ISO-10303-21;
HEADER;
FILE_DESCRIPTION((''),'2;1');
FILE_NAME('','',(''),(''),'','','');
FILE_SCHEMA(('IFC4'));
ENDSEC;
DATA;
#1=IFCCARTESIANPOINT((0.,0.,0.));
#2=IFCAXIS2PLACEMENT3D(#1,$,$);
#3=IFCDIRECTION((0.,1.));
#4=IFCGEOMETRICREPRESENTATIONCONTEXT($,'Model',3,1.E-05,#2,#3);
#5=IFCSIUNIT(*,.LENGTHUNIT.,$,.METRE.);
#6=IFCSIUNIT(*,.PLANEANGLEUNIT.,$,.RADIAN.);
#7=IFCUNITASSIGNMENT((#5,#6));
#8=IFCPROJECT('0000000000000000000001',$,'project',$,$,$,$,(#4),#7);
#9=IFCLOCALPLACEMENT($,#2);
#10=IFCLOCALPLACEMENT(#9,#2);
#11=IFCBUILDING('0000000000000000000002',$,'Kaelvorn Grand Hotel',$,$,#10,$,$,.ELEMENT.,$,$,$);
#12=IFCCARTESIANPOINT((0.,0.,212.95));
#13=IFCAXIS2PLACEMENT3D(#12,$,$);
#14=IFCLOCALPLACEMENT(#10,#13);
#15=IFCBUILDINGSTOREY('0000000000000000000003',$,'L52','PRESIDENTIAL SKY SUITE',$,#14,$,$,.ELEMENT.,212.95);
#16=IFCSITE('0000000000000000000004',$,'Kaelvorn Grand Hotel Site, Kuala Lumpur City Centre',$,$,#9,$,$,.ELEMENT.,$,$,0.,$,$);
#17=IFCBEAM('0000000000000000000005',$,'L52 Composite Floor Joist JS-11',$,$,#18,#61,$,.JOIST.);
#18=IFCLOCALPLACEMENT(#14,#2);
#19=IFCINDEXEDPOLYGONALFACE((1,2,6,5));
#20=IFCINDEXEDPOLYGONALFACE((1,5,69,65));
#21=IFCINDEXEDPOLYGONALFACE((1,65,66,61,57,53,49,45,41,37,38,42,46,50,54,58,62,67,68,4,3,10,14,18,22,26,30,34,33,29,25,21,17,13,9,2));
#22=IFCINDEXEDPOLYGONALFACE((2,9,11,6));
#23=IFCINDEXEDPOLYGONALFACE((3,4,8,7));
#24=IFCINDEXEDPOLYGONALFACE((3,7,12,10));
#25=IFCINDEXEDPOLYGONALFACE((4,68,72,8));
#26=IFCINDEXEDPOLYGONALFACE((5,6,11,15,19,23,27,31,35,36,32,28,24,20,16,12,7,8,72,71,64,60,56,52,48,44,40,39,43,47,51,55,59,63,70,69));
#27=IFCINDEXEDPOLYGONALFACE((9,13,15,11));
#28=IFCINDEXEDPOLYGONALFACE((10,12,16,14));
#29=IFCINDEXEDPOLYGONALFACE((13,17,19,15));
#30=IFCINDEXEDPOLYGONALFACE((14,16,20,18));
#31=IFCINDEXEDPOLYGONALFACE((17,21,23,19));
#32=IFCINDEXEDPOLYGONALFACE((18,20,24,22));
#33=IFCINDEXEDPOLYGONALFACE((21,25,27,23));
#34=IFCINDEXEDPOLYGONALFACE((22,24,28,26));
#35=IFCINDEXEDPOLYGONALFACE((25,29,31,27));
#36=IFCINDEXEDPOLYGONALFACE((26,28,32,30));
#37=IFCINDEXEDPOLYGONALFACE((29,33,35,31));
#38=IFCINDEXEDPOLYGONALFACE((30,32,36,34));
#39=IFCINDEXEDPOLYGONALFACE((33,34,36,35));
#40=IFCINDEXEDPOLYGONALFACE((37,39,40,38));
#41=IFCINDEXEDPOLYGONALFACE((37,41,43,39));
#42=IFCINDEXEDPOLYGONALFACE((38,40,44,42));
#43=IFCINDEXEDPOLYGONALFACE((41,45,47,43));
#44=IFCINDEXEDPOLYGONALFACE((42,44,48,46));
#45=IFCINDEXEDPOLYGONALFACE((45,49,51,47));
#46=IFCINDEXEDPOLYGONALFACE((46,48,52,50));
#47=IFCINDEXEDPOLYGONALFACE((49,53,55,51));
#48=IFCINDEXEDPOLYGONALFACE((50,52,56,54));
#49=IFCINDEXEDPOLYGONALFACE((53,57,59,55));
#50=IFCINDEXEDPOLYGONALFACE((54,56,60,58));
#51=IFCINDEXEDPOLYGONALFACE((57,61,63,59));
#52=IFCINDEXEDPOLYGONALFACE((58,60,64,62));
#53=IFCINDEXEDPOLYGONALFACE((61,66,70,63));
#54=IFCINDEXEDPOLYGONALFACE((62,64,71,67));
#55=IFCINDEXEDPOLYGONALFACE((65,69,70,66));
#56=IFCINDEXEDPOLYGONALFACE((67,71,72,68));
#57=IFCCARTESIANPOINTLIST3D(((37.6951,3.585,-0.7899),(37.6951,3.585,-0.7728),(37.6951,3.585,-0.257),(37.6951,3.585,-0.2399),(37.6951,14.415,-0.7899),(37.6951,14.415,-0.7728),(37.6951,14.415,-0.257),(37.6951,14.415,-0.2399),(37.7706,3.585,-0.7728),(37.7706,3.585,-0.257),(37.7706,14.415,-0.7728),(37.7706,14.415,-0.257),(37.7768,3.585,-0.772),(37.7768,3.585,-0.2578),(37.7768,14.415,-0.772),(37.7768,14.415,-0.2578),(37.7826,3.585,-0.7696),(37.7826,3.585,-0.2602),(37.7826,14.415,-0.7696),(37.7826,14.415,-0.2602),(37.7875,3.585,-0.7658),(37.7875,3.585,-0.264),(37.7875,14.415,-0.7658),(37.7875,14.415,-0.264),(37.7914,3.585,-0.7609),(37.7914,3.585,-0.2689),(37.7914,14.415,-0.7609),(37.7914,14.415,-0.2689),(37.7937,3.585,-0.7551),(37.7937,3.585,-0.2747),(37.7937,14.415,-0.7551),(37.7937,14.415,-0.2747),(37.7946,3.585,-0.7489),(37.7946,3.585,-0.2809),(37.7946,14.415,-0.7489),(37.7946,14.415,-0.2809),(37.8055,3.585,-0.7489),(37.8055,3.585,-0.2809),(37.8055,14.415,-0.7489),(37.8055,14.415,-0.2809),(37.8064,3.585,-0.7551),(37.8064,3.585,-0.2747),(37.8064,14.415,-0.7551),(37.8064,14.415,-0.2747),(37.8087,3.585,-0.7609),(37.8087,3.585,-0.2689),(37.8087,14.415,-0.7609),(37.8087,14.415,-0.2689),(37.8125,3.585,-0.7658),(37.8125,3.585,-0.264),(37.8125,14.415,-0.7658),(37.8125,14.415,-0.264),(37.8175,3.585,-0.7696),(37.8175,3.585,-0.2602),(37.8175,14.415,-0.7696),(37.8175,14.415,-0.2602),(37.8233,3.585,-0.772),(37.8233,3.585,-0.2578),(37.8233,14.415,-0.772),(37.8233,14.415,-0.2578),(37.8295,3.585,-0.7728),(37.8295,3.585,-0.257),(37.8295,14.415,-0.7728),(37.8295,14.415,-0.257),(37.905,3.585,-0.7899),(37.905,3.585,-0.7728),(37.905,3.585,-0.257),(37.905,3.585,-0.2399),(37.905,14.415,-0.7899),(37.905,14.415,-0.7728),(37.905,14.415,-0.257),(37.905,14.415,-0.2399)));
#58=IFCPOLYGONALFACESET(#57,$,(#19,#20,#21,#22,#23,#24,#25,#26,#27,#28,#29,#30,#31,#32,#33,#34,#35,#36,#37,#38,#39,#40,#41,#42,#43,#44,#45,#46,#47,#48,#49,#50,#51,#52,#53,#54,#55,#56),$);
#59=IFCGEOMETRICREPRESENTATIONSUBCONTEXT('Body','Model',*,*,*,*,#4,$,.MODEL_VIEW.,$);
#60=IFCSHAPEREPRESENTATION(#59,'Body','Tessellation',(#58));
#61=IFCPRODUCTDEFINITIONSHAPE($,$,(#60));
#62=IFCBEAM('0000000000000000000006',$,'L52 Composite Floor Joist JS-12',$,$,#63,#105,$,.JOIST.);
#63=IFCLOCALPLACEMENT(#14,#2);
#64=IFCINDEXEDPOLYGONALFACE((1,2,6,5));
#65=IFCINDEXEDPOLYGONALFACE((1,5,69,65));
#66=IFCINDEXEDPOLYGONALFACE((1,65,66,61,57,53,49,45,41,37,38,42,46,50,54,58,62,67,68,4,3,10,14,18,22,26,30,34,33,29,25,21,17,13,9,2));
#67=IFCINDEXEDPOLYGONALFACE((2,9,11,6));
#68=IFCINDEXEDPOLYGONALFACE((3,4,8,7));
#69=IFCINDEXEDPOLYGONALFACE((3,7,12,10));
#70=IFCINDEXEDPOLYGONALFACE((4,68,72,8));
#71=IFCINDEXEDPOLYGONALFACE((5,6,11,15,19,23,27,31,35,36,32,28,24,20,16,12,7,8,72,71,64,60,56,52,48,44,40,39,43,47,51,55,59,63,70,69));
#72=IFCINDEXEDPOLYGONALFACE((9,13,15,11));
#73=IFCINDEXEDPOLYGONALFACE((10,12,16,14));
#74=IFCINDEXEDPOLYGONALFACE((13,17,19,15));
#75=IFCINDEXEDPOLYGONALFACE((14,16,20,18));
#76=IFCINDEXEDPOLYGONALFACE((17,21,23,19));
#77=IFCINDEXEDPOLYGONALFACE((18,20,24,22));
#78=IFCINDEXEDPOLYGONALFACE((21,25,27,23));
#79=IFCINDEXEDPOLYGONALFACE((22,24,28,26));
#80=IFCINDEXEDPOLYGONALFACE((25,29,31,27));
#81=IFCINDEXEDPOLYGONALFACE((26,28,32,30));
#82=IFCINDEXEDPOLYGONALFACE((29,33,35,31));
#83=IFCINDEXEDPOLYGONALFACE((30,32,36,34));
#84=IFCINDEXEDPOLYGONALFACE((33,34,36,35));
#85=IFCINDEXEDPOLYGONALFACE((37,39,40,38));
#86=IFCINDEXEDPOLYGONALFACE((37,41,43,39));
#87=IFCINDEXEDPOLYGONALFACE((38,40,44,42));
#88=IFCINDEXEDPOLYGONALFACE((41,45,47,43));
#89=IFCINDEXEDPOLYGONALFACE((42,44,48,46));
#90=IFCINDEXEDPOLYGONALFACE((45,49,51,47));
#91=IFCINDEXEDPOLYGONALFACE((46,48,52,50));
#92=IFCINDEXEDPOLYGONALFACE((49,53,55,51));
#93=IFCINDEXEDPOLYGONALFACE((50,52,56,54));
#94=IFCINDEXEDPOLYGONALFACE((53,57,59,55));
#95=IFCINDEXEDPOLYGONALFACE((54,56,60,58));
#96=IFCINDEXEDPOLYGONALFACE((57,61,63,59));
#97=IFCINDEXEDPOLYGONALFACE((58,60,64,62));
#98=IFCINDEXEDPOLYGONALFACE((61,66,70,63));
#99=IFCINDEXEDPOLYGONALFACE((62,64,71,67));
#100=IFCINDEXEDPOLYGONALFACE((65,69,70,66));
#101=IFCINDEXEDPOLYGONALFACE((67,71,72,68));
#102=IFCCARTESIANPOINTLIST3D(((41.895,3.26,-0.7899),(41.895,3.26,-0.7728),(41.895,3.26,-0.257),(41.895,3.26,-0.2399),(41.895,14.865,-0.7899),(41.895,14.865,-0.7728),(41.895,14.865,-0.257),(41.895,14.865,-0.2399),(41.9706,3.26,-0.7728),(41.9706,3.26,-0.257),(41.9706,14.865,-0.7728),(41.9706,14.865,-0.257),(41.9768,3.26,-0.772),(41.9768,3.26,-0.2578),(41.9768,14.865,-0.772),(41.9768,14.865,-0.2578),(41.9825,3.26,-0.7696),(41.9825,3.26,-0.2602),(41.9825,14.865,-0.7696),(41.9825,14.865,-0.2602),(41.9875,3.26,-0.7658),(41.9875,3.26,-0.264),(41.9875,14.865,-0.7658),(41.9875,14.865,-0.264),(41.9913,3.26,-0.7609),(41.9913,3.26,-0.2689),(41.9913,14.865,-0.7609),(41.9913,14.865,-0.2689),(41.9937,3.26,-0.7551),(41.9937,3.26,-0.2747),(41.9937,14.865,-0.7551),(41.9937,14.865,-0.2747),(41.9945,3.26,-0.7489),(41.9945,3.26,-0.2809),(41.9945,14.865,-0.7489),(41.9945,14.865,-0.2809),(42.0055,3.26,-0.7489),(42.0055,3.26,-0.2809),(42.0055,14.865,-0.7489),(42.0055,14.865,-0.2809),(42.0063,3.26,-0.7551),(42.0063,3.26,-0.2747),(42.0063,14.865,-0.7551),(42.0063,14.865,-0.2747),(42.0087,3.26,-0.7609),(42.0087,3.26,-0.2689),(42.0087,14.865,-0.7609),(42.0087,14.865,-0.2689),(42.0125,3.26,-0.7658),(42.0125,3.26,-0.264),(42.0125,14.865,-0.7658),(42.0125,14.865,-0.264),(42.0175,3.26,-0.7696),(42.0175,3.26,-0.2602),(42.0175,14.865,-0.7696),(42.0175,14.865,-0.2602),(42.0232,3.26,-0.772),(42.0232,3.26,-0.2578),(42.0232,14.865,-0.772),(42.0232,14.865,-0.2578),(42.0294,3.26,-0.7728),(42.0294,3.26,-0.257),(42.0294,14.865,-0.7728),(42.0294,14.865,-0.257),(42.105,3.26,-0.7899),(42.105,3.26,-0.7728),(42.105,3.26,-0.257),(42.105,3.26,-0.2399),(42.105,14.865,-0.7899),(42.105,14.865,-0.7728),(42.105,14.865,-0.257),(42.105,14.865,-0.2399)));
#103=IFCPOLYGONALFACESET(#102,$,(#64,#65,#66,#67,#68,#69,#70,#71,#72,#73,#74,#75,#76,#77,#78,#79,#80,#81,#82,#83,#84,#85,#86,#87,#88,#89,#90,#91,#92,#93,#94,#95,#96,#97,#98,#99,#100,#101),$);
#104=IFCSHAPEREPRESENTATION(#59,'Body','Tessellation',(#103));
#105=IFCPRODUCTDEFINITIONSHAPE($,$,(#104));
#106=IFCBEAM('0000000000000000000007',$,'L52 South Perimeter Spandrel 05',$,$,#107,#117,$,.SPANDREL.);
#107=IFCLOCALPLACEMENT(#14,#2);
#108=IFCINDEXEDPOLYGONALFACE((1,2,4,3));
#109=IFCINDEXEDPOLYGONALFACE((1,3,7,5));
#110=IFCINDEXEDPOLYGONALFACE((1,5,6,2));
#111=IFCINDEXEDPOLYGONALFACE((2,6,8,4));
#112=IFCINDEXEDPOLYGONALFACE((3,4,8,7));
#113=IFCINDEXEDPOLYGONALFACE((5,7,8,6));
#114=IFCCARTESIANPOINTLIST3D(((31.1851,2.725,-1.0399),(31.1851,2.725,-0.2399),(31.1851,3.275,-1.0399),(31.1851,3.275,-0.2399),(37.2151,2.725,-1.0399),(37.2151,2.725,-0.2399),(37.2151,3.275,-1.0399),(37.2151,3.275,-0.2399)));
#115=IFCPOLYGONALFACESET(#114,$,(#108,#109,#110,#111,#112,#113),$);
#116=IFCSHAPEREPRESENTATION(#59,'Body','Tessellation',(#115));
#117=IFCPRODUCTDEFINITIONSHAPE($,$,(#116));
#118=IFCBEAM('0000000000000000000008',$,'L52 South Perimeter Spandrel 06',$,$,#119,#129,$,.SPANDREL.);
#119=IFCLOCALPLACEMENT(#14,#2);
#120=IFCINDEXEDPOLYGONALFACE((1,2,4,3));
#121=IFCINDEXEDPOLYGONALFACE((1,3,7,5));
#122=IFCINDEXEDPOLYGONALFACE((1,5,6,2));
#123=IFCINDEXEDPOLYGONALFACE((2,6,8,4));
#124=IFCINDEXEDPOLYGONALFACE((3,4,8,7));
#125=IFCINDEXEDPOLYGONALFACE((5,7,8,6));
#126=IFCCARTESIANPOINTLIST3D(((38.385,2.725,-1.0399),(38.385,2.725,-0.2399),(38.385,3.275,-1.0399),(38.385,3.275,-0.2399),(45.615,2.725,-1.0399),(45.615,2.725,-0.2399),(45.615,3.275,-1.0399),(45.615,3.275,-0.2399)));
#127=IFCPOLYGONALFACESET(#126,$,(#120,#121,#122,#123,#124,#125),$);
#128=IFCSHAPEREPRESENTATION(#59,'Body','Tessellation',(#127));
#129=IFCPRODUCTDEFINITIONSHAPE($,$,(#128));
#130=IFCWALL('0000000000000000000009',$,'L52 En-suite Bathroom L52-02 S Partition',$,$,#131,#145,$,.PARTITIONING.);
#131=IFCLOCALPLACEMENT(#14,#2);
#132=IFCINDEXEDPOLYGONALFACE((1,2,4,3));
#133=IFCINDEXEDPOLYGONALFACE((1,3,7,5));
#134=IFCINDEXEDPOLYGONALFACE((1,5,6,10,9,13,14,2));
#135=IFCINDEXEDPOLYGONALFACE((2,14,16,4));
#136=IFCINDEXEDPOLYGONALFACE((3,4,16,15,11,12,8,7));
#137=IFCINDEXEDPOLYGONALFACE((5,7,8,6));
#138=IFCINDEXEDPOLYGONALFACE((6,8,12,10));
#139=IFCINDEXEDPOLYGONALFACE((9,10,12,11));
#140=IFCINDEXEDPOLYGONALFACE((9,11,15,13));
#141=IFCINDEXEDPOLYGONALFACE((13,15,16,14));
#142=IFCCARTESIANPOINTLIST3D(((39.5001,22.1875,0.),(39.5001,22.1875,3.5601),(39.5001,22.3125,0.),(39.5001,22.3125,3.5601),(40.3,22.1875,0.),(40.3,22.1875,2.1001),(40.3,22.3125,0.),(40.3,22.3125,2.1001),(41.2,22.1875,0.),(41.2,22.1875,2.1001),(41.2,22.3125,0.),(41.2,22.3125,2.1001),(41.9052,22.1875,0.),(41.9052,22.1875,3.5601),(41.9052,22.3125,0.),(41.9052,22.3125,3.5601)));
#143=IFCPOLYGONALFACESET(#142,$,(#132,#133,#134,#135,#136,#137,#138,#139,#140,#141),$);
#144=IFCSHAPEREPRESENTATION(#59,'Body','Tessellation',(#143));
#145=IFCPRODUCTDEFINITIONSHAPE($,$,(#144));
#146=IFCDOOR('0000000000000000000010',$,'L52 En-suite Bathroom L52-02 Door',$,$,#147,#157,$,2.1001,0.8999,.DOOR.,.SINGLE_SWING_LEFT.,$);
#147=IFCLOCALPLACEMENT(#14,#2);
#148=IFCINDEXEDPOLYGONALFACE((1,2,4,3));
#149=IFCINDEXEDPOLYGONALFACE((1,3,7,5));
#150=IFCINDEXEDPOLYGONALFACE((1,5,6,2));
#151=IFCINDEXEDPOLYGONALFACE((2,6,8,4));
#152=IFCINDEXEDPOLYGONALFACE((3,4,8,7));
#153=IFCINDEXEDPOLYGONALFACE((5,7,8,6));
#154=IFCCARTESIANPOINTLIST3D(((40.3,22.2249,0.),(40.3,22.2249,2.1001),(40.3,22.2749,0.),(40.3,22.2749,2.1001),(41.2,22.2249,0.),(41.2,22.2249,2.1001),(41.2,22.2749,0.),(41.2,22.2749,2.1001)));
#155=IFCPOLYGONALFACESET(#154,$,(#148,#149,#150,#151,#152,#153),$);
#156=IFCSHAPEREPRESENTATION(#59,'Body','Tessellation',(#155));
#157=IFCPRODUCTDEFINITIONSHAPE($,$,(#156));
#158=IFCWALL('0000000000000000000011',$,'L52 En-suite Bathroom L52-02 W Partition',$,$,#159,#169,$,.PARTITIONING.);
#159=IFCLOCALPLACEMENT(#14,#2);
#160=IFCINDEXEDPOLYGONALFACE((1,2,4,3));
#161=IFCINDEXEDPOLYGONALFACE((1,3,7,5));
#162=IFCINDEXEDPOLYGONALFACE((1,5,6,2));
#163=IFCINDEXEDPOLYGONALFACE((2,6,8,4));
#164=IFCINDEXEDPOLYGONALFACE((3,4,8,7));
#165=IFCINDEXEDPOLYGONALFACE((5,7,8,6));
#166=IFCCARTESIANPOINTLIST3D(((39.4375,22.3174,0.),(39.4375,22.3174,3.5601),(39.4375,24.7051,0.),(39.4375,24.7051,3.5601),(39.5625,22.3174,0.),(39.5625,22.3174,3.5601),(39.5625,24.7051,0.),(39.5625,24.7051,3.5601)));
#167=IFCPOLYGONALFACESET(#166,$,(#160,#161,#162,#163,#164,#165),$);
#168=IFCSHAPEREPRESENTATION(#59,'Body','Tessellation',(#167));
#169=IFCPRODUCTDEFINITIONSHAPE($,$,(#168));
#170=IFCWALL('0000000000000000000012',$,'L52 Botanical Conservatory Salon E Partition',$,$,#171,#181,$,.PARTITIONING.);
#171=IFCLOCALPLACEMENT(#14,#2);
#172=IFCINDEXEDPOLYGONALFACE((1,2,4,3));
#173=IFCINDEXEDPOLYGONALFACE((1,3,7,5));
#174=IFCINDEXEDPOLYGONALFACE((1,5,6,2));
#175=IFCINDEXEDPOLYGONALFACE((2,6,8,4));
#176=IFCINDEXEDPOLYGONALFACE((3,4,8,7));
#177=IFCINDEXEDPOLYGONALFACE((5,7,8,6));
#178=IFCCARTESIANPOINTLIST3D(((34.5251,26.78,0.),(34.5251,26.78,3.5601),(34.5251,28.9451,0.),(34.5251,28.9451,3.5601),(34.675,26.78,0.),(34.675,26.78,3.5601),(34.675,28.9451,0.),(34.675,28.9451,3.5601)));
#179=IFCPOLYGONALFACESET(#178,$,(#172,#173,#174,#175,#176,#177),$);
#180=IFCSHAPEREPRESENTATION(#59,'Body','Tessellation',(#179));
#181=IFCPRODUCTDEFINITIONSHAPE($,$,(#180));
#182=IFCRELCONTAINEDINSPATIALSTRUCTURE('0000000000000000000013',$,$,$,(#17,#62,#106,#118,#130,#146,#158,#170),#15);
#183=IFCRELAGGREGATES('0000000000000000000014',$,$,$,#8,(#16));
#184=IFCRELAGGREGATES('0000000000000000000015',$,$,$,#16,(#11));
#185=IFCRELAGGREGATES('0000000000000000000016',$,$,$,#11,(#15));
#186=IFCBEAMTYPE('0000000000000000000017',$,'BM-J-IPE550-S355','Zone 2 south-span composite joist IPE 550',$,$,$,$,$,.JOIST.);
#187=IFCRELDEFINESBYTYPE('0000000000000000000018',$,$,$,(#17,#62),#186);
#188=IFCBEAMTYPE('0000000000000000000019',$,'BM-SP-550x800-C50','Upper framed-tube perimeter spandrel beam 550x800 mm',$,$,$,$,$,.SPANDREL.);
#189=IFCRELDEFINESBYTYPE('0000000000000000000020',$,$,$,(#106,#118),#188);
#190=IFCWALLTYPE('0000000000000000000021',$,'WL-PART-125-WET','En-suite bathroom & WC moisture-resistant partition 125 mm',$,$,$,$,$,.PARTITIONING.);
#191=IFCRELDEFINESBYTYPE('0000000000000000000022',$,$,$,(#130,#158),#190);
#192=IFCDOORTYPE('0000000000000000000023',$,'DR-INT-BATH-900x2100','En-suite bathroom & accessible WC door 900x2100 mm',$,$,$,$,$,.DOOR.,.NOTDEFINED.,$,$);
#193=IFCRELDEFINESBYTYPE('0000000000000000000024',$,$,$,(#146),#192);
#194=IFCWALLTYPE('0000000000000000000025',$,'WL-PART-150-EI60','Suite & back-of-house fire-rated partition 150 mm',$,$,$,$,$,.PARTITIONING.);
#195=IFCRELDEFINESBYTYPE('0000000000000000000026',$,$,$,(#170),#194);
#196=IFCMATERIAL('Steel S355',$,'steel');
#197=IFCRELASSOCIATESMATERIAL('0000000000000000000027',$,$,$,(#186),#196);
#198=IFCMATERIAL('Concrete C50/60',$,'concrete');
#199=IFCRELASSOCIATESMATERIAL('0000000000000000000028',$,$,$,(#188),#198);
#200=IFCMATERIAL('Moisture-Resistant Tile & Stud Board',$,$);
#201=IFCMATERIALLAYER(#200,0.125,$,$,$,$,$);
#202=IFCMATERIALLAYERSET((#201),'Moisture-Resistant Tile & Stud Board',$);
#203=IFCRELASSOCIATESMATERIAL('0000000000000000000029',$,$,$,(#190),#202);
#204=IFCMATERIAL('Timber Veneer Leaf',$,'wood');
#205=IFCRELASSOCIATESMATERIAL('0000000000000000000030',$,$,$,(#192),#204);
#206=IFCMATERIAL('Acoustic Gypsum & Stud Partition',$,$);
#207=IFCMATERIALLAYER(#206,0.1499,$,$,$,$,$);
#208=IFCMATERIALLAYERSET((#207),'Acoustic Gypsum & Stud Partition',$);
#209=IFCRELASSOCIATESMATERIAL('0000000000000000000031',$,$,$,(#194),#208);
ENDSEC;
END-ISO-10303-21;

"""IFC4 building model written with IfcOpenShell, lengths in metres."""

from ifc_helpers import new_model, si_unit, direction, frame, frame_2d, origin, origin_2d, place, context, subcontext, project, spatial, rectangle, i_section, extrude, material, layer, layer_set, material_profile, profile_set, type_object, element, fill, save


model = new_model("IFC4")

# Units and contexts
model_context = context("Model", 3, precision=1e-05, world=origin(), true_north=direction((0.0, 1.0)))
body_context = subcontext(model_context, "Body", "Model", "MODEL_VIEW")
ifc_project = project(units=[si_unit("LENGTHUNIT", "METRE"), si_unit("PLANEANGLEUNIT", "RADIAN")], contexts=[model_context])

# Site, building, storey
site_placement = place(None, origin())
site = spatial("IfcSite", under=ifc_project, at=site_placement, Name="Kaelvorn Grand Hotel Site, Kuala Lumpur City Centre", CompositionType="ELEMENT", RefElevation=0.0)
building_placement = place(site_placement, origin())
building = spatial("IfcBuilding", under=site, at=building_placement, Name="Kaelvorn Grand Hotel", CompositionType="ELEMENT")
storey_placement = place(building_placement, frame((0.0, 0.0, 212.95)))
storey = spatial("IfcBuildingStorey", under=building, at=storey_placement, Name="L52", Description="PRESIDENTIAL SKY SUITE", CompositionType="ELEMENT", Elevation=212.95)

# Beams
ifc_material_1 = material(Name="Steel S355", Category="steel")
ifc_material_profile_1 = material_profile(ifc_material_1, i_section(OverallWidth=0.21, OverallDepth=0.55, WebThickness=0.011, FlangeThickness=0.0171, FilletRadius=0.0239, at=origin_2d()), Name="IPE 550")
ifc_profile_set_1 = profile_set([ifc_material_profile_1], Name="Steel S355")
beam_type_1 = type_object("IfcBeamType", Name="BM-J-IPE550-S355", Description="Zone 2 south-span composite joist IPE 550", PredefinedType="JOIST", material=ifc_profile_set_1)
beam_1_placement = place(storey_placement, frame((37.8, 3.585, -0.5149), z_axis=(0.0, 1.0, 0.0), x_axis=(-1.0, 0.0, 0.0)))
element("IfcBeam", 1, at=beam_1_placement, inside=storey, type_object=beam_type_1, Name="L52 Composite Floor Joist JS-11", PredefinedType="JOIST", context=body_context, shape_type="SweptSolid", body=[
    extrude(i_section(OverallWidth=0.21, OverallDepth=0.55, WebThickness=0.011, FlangeThickness=0.0171, FilletRadius=0.0239, at=origin_2d()), origin(), (0.0, 0.0, 1.0), 10.8301),
])
beam_2_placement = place(storey_placement, frame((42.0, 3.26, -0.5149), z_axis=(0.0, 1.0, 0.0), x_axis=(-1.0, 0.0, 0.0)))
element("IfcBeam", 2, at=beam_2_placement, inside=storey, type_object=beam_type_1, Name="L52 Composite Floor Joist JS-12", PredefinedType="JOIST", context=body_context, shape_type="SweptSolid", body=[
    extrude(i_section(OverallWidth=0.21, OverallDepth=0.55, WebThickness=0.011, FlangeThickness=0.0171, FilletRadius=0.0239, at=origin_2d()), origin(), (0.0, 0.0, 1.0), 11.605),
])
ifc_material_2 = material(Name="Concrete C50/60", Category="concrete")
ifc_material_profile_2 = material_profile(ifc_material_2, rectangle(XDim=0.55, YDim=0.8, at=origin_2d()), Name="RC SPANDREL 550x800")
ifc_profile_set_2 = profile_set([ifc_material_profile_2], Name="Concrete C50/60")
beam_type_2 = type_object("IfcBeamType", Name="BM-SP-550x800-C50", Description="Upper framed-tube perimeter spandrel beam 550x800 mm", PredefinedType="SPANDREL", material=ifc_profile_set_2)
beam_3_placement = place(storey_placement, frame((31.1851, 3.0, -0.6399), z_axis=(1.0, 0.0, 0.0), x_axis=(0.0, 1.0, 0.0)))
element("IfcBeam", 3, at=beam_3_placement, inside=storey, type_object=beam_type_2, Name="L52 South Perimeter Spandrel 05", PredefinedType="SPANDREL", context=body_context, shape_type="SweptSolid", body=[
    extrude(rectangle(XDim=0.55, YDim=0.8, at=origin_2d()), origin(), (0.0, 0.0, 1.0), 6.03),
])
beam_4_placement = place(storey_placement, frame((38.385, 3.0, -0.6399), z_axis=(1.0, 0.0, 0.0), x_axis=(0.0, 1.0, 0.0)))
element("IfcBeam", 4, at=beam_4_placement, inside=storey, type_object=beam_type_2, Name="L52 South Perimeter Spandrel 06", PredefinedType="SPANDREL", context=body_context, shape_type="SweptSolid", body=[
    extrude(rectangle(XDim=0.55, YDim=0.8, at=origin_2d()), origin(), (0.0, 0.0, 1.0), 7.23),
])

# Wall, opening, door
ifc_material_3 = material(Name="Moisture-Resistant Tile & Stud Board")
ifc_layer_1 = layer(ifc_material_3, 0.125)
ifc_layer_set_1 = layer_set([ifc_layer_1], Name="Moisture-Resistant Tile & Stud Board")
wall_type_1 = type_object("IfcWallType", Name="WL-PART-125-WET", Description="En-suite bathroom & WC moisture-resistant partition 125 mm", PredefinedType="PARTITIONING", material=ifc_layer_set_1)
wall_1_placement = place(storey_placement, frame((39.5, 22.25, 0.0), z_axis=(0.0, 0.0, 1.0), x_axis=(1.0, 0.0, 0.0)))
wall_1 = element("IfcWall", 5, at=wall_1_placement, inside=storey, type_object=wall_type_1, Name="L52 En-suite Bathroom L52-02 S Partition", PredefinedType="PARTITIONING", context=body_context, shape_type="SweptSolid", body=[
    extrude(rectangle(XDim=2.405, YDim=0.125, at=frame_2d((1.2026, 0.0))), origin(), (0.0, 0.0, 1.0), 3.5601),
])
opening_1_placement = place(wall_1_placement, frame((0.8, 0.0, 0.0)))
opening_1 = element("IfcOpeningElement", 6, at=opening_1_placement, cuts=wall_1, PredefinedType="OPENING", context=body_context, shape_type="SweptSolid", body=[
    extrude(rectangle(XDim=0.8999, YDim=2.1001, at=frame_2d((0.45, 1.05))), frame((0.0, 0.0725, 0.0), z_axis=(0.0, -1.0, 0.0), x_axis=(1.0, 0.0, 0.0)), (0.0, 0.0, 1.0), 0.145),
])
ifc_material_4 = material(Name="Timber Veneer Leaf", Category="wood")
door_type_1 = type_object("IfcDoorType", Name="DR-INT-BATH-900x2100", Description="En-suite bathroom & accessible WC door 900x2100 mm", OperationType="NOTDEFINED", PredefinedType="DOOR", material=ifc_material_4)
door_1_placement = place(opening_1_placement, origin())
door_1 = element("IfcDoor", 7, at=door_1_placement, inside=storey, type_object=door_type_1, Name="L52 En-suite Bathroom L52-02 Door", OperationType="SINGLE_SWING_LEFT", OverallHeight=2.1001, OverallWidth=0.8999, PredefinedType="DOOR", context=body_context, shape_type="SweptSolid", body=[
    extrude(rectangle(XDim=0.8999, YDim=2.1001, at=frame_2d((0.45, 1.05))), frame((0.0, 0.0249, 0.0), z_axis=(0.0, -1.0, 0.0), x_axis=(1.0, 0.0, 0.0)), (0.0, 0.0, 1.0), 0.05),
])
fill(opening_1, door_1)

# Walls
wall_2_placement = place(storey_placement, frame((39.5, 22.3174, 0.0), z_axis=(0.0, 0.0, 1.0), x_axis=(0.0, 1.0, 0.0)))
element("IfcWall", 8, at=wall_2_placement, inside=storey, type_object=wall_type_1, Name="L52 En-suite Bathroom L52-02 W Partition", PredefinedType="PARTITIONING", context=body_context, shape_type="SweptSolid", body=[
    extrude(rectangle(XDim=2.3877, YDim=0.125, at=frame_2d((1.1938, 0.0))), origin(), (0.0, 0.0, 1.0), 3.5601),
])
ifc_material_5 = material(Name="Acoustic Gypsum & Stud Partition")
ifc_layer_2 = layer(ifc_material_5, 0.1499)
ifc_layer_set_2 = layer_set([ifc_layer_2], Name="Acoustic Gypsum & Stud Partition")
wall_type_2 = type_object("IfcWallType", Name="WL-PART-150-EI60", Description="Suite & back-of-house fire-rated partition 150 mm", PredefinedType="PARTITIONING", material=ifc_layer_set_2)
wall_3_placement = place(storey_placement, frame((34.6001, 26.78, 0.0), z_axis=(0.0, 0.0, 1.0), x_axis=(0.0, 1.0, 0.0)))
element("IfcWall", 9, at=wall_3_placement, inside=storey, type_object=wall_type_2, Name="L52 Botanical Conservatory Salon E Partition", PredefinedType="PARTITIONING", context=body_context, shape_type="SweptSolid", body=[
    extrude(rectangle(XDim=2.165, YDim=0.1499, at=frame_2d((1.0825, 0.0))), origin(), (0.0, 0.0, 1.0), 3.5601),
])

save(model, "model.ifc")
